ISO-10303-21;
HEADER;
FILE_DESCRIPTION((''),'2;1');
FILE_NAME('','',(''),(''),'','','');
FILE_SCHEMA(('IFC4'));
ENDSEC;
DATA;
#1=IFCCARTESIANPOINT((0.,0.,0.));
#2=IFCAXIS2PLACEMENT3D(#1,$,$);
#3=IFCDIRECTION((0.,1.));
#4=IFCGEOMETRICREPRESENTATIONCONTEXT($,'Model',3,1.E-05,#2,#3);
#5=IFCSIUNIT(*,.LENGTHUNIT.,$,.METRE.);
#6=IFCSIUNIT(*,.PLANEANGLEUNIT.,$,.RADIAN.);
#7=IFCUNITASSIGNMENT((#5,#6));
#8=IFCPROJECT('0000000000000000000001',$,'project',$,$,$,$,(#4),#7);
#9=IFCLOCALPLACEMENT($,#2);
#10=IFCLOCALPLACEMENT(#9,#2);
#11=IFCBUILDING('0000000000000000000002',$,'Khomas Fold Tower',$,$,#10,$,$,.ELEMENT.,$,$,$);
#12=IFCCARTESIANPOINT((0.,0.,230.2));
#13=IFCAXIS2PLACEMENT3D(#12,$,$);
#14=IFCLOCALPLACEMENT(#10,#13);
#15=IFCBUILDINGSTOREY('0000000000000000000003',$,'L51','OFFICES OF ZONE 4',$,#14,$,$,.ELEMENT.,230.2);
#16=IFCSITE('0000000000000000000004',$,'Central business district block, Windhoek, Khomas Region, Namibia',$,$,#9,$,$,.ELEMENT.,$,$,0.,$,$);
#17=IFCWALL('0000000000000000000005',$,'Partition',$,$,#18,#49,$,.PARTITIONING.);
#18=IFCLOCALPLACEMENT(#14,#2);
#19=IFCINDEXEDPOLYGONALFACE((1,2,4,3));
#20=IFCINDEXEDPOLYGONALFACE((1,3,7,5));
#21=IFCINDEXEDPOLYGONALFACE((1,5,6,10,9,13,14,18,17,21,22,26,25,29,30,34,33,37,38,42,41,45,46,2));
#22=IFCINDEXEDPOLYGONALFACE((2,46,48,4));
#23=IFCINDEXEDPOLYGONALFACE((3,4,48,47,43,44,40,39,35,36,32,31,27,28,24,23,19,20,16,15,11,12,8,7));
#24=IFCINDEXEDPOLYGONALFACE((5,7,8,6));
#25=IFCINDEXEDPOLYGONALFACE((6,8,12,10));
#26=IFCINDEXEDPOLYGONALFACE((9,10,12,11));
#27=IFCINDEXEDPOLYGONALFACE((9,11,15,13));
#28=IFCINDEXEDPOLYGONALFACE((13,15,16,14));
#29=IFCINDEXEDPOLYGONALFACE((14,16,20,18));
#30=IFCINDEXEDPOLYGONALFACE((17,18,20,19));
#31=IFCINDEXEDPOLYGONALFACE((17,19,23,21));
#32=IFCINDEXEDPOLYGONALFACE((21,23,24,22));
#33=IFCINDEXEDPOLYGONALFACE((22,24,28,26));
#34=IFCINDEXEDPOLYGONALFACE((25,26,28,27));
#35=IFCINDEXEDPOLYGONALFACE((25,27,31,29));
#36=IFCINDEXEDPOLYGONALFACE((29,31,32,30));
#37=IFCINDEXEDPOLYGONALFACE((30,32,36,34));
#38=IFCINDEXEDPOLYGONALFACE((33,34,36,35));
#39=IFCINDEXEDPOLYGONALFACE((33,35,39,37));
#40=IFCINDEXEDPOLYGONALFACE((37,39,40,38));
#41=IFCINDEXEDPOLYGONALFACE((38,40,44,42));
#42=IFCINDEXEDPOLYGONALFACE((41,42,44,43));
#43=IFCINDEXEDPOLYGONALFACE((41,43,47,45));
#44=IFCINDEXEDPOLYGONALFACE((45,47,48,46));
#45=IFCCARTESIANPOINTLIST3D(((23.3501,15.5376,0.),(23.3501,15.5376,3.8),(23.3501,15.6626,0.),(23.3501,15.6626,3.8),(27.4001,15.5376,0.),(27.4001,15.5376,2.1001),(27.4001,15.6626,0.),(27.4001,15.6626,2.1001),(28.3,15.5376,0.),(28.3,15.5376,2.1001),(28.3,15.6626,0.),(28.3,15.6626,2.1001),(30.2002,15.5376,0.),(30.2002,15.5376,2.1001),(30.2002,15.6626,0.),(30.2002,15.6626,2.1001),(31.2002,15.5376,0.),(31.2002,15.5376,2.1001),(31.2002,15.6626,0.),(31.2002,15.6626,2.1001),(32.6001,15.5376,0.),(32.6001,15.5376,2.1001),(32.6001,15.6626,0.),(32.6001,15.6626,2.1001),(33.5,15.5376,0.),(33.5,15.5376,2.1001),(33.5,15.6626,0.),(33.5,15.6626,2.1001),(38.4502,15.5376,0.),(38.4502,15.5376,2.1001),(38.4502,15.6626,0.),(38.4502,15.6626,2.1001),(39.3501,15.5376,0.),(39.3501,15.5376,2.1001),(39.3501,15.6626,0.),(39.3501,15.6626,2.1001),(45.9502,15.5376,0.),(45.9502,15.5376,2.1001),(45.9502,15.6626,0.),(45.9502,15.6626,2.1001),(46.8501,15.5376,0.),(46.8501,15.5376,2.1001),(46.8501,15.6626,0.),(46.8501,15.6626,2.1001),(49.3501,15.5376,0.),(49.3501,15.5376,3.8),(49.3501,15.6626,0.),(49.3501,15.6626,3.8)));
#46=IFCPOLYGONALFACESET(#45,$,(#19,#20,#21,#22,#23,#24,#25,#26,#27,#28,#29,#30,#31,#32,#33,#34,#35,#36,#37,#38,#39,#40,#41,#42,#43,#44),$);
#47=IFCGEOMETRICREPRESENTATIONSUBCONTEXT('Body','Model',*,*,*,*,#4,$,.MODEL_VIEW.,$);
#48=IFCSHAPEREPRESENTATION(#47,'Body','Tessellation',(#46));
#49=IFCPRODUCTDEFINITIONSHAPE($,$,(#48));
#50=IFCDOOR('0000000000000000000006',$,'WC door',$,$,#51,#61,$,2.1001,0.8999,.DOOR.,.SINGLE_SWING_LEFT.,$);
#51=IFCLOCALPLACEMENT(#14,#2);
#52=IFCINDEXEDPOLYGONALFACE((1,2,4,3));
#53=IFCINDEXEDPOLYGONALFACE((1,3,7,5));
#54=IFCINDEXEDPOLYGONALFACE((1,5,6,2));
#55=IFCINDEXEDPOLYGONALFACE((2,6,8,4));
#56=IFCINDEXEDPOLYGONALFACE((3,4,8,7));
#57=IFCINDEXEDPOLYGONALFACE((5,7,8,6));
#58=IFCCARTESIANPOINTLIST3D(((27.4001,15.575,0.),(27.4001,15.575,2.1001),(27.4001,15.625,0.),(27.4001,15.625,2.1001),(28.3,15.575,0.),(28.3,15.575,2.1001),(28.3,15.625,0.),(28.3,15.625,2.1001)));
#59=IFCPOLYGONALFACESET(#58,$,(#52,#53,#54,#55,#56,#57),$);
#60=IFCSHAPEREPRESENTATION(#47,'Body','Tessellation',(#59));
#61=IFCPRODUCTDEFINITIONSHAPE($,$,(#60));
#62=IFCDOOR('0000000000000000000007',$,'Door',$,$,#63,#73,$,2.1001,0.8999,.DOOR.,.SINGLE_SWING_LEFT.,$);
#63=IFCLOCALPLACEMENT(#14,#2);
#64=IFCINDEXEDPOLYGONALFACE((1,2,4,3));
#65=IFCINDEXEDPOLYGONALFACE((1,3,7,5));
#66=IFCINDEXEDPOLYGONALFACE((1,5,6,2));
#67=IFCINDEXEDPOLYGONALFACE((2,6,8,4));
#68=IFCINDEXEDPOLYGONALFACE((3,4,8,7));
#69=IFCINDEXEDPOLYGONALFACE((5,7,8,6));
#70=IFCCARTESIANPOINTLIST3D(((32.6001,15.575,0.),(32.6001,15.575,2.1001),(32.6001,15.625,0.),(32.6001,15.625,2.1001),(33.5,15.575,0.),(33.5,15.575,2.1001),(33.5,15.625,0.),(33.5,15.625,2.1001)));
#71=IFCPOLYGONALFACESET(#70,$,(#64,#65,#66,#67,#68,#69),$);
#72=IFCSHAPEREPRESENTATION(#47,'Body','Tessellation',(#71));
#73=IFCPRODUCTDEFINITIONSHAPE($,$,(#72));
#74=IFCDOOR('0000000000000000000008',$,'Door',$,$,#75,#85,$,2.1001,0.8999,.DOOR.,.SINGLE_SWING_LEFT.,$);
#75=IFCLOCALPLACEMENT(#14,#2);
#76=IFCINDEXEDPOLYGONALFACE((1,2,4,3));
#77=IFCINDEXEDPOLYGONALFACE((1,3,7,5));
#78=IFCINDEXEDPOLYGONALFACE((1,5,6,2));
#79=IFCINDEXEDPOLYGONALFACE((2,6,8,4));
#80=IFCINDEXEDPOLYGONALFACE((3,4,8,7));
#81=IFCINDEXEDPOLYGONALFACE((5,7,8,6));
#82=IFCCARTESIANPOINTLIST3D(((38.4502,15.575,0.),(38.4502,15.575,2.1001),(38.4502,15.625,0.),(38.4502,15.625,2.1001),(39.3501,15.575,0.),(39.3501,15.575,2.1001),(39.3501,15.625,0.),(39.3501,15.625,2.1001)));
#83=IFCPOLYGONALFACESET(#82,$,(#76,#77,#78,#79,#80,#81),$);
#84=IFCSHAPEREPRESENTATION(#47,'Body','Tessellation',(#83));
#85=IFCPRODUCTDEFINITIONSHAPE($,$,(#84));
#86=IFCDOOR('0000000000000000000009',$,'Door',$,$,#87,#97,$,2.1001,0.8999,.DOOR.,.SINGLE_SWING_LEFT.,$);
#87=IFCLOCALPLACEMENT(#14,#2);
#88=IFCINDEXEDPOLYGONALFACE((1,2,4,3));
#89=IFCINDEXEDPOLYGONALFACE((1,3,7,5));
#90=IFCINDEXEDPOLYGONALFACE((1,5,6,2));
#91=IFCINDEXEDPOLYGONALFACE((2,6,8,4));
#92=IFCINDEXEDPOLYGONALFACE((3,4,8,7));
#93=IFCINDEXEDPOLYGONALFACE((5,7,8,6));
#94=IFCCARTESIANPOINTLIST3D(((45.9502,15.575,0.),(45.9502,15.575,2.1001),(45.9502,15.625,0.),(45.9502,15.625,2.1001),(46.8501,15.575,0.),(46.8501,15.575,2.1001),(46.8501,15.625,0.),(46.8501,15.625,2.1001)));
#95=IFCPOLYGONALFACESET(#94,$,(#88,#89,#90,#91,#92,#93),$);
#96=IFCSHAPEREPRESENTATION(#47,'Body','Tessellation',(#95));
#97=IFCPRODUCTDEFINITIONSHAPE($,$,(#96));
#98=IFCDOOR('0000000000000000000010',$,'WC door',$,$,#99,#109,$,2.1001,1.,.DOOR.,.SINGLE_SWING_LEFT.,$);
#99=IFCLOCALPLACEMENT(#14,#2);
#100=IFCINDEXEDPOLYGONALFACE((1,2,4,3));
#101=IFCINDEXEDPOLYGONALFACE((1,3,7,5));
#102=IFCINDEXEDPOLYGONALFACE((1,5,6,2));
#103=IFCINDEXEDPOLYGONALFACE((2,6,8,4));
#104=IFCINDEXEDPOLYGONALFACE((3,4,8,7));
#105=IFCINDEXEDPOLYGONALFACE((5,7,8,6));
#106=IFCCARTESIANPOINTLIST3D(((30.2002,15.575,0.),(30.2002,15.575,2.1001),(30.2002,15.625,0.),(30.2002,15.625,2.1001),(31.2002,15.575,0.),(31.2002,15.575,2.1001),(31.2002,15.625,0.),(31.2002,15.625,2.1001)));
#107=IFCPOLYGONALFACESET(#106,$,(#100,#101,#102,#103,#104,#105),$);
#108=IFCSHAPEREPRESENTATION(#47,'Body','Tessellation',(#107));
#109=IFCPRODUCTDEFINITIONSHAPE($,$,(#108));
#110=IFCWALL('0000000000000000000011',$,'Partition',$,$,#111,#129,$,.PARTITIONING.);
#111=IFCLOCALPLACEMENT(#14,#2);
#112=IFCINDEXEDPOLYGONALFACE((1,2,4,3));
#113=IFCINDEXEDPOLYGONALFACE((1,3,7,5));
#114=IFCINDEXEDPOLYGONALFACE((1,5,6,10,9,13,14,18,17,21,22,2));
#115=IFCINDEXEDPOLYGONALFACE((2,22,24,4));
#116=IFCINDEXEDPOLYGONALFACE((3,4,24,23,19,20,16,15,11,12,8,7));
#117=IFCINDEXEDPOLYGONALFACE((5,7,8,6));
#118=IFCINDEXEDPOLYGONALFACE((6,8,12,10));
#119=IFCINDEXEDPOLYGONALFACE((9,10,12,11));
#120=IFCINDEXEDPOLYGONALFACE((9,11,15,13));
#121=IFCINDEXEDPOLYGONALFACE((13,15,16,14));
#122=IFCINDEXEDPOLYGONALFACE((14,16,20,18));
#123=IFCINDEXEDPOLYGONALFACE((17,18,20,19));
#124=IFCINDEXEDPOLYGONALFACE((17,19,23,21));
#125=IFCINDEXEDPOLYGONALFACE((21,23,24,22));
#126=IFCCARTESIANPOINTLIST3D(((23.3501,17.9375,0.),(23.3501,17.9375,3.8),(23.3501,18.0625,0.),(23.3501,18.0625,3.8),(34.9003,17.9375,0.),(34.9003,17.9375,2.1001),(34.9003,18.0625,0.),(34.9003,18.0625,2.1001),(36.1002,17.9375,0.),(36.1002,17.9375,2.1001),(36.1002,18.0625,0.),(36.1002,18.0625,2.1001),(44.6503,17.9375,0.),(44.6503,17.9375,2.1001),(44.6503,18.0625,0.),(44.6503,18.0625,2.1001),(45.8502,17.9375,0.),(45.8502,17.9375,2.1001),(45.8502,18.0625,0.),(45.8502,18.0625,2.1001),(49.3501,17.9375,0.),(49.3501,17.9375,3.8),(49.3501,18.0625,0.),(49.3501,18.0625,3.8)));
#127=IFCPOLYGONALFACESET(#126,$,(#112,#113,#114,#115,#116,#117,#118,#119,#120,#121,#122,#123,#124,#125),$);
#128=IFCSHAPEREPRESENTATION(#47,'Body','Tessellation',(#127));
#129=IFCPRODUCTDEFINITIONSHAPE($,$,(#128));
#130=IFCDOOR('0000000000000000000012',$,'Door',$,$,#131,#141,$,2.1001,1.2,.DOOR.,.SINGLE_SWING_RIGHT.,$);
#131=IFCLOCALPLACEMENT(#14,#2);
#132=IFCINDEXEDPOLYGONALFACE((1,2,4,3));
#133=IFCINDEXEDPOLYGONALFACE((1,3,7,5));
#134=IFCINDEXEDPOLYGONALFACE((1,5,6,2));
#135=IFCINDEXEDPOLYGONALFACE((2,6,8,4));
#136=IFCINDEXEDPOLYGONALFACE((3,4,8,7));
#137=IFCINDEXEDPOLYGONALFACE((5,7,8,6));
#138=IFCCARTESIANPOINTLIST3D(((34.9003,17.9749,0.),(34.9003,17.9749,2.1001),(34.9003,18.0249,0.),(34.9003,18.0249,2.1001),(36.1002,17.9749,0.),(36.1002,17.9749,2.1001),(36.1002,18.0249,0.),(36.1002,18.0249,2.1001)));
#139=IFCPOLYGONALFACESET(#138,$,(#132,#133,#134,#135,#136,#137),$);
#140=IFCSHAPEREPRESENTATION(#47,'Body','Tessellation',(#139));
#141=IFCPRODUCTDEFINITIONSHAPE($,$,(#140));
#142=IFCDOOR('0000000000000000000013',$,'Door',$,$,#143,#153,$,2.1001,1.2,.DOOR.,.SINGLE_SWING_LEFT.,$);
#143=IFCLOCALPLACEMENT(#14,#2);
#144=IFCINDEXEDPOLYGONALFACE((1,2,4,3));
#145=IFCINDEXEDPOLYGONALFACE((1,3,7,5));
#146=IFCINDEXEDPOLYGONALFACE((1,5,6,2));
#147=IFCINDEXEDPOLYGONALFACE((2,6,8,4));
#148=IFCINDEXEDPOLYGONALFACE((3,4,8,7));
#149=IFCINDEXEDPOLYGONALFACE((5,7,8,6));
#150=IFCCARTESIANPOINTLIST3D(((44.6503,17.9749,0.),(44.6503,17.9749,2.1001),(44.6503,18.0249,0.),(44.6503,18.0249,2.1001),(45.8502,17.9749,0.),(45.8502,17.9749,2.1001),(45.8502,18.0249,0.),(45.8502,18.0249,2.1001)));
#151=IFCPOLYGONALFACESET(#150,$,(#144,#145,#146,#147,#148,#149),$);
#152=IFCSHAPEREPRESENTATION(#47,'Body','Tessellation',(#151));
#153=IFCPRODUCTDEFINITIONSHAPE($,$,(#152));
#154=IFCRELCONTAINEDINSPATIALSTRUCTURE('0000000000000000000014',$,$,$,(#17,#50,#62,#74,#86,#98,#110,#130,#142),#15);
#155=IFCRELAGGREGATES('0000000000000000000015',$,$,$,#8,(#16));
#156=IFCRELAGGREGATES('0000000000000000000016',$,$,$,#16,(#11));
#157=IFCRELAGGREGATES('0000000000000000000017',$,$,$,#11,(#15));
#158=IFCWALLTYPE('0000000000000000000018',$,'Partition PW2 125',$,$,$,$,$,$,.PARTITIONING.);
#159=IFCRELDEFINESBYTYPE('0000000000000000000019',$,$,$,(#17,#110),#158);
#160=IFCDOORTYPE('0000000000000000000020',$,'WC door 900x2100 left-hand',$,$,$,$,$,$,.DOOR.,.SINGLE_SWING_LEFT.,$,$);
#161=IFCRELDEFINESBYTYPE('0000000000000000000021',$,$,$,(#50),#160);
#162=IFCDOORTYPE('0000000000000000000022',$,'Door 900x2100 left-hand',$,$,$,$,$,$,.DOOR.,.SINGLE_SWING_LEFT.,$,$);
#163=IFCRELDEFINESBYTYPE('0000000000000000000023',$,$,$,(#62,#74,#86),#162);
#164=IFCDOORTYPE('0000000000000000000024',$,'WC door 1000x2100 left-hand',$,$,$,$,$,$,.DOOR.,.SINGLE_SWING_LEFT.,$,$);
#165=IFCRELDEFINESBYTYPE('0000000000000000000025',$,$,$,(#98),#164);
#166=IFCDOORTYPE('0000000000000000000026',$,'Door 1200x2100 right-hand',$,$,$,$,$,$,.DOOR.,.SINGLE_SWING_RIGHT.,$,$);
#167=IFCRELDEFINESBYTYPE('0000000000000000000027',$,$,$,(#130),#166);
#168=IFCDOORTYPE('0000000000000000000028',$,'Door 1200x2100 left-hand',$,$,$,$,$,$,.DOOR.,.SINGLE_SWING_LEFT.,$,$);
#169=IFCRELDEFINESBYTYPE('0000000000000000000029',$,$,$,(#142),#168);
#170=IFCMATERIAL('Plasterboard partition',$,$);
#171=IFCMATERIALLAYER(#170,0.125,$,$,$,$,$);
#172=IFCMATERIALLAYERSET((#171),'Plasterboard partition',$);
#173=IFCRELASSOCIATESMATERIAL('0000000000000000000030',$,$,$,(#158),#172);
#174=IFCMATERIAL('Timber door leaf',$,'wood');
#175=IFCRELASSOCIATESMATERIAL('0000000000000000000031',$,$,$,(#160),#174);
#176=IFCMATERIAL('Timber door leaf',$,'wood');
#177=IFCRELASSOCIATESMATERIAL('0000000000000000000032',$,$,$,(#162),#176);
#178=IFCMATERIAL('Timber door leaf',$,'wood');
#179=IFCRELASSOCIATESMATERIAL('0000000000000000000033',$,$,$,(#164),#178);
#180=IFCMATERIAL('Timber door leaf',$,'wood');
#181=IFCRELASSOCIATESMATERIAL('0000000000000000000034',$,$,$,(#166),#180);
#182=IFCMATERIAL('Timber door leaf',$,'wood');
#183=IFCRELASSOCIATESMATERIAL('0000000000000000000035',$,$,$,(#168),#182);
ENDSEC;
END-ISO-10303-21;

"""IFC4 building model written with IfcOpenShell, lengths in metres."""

from ifc_helpers import new_model, si_unit, direction, frame, frame_2d, origin, place, context, subcontext, project, spatial, rectangle, extrude, source, transform, mapped, material, layer, layer_set, type_object, element, fill, save


model = new_model("IFC4")

# Units and contexts
model_context = context("Model", 3, precision=1e-05, world=origin(), true_north=direction((0.0, 1.0)))
body_context = subcontext(model_context, "Body", "Model", "MODEL_VIEW")
ifc_project = project(units=[si_unit("LENGTHUNIT", "METRE"), si_unit("PLANEANGLEUNIT", "RADIAN")], contexts=[model_context])

# Site, building, storey
site_placement = place(None, origin())
site = spatial("IfcSite", under=ifc_project, at=site_placement, Name="Central business district block, Windhoek, Khomas Region, Namibia", CompositionType="ELEMENT", RefElevation=0.0)
building_placement = place(site_placement, origin())
building = spatial("IfcBuilding", under=site, at=building_placement, Name="Khomas Fold Tower", CompositionType="ELEMENT")
storey_placement = place(building_placement, frame((0.0, 0.0, 230.2)))
storey = spatial("IfcBuildingStorey", under=building, at=storey_placement, Name="L51", Description="OFFICES OF ZONE 4", CompositionType="ELEMENT", Elevation=230.2)

# Walls, openings, doors
ifc_material_1 = material(Name="Plasterboard partition")
ifc_layer_1 = layer(ifc_material_1, 0.125)
ifc_layer_set_1 = layer_set([ifc_layer_1], Name="Plasterboard partition")
wall_type_1 = type_object("IfcWallType", Name="Partition PW2 125", PredefinedType="PARTITIONING", material=ifc_layer_set_1)
shared_shape_1 = source(origin(), body_context, "Body", "SweptSolid", [
    extrude(rectangle(XDim=26.0, YDim=0.125, at=frame_2d((13.0, 0.0))), origin(), (0.0, 0.0, 1.0), 3.8),
])
wall_1_placement = place(storey_placement, frame((23.3501, 15.6001, 0.0), z_axis=(0.0, 0.0, 1.0), x_axis=(1.0, 0.0, 0.0)))
wall_1 = element("IfcWall", 1, at=wall_1_placement, inside=storey, type_object=wall_type_1, Name="Partition", PredefinedType="PARTITIONING", context=body_context, shape_type="MappedRepresentation", body=[
    mapped(shared_shape_1, transform((0.0, 0.0, 0.0))),
])
shared_shape_2 = source(origin(), body_context, "Body", "SweptSolid", [
    extrude(rectangle(XDim=0.8999, YDim=2.1001, at=frame_2d((0.45, 1.05))), frame((0.0, 0.0725, 0.0), z_axis=(0.0, -1.0, 0.0), x_axis=(1.0, 0.0, 0.0)), (0.0, 0.0, 1.0), 0.145),
])
opening_1_placement = place(wall_1_placement, frame((4.05, 0.0, 0.0)))
opening_1 = element("IfcOpeningElement", 2, at=opening_1_placement, cuts=wall_1, PredefinedType="OPENING", context=body_context, shape_type="MappedRepresentation", body=[
    mapped(shared_shape_2, transform((0.0, 0.0, 0.0))),
])
shared_shape_3 = source(origin(), body_context, "Body", "SweptSolid", [
    extrude(rectangle(XDim=1.0, YDim=2.1001, at=frame_2d((0.5, 1.05))), frame((0.0, 0.0725, 0.0), z_axis=(0.0, -1.0, 0.0), x_axis=(1.0, 0.0, 0.0)), (0.0, 0.0, 1.0), 0.145),
])
opening_2_placement = place(wall_1_placement, frame((6.8501, 0.0, 0.0)))
opening_2 = element("IfcOpeningElement", 3, at=opening_2_placement, cuts=wall_1, PredefinedType="OPENING", context=body_context, shape_type="MappedRepresentation", body=[
    mapped(shared_shape_3, transform((0.0, 0.0, 0.0))),
])
opening_3_placement = place(wall_1_placement, frame((9.25, 0.0, 0.0)))
opening_3 = element("IfcOpeningElement", 4, at=opening_3_placement, cuts=wall_1, PredefinedType="OPENING", context=body_context, shape_type="MappedRepresentation", body=[
    mapped(shared_shape_2, transform((0.0, 0.0, 0.0))),
])
opening_4_placement = place(wall_1_placement, frame((15.1001, 0.0, 0.0)))
opening_4 = element("IfcOpeningElement", 5, at=opening_4_placement, cuts=wall_1, PredefinedType="OPENING", context=body_context, shape_type="MappedRepresentation", body=[
    mapped(shared_shape_2, transform((0.0, 0.0, 0.0))),
])
opening_5_placement = place(wall_1_placement, frame((22.6001, 0.0, 0.0)))
opening_5 = element("IfcOpeningElement", 6, at=opening_5_placement, cuts=wall_1, PredefinedType="OPENING", context=body_context, shape_type="MappedRepresentation", body=[
    mapped(shared_shape_2, transform((0.0, 0.0, 0.0))),
])
ifc_material_2 = material(Name="Timber door leaf", Category="wood")
door_type_1 = type_object("IfcDoorType", Name="WC door 900x2100 left-hand", OperationType="SINGLE_SWING_LEFT", PredefinedType="DOOR", material=ifc_material_2)
shared_shape_4 = source(origin(), body_context, "Body", "SweptSolid", [
    extrude(rectangle(XDim=0.8999, YDim=2.1001, at=frame_2d((0.45, 1.05))), frame((0.0, 0.0249, 0.0), z_axis=(0.0, -1.0, 0.0), x_axis=(1.0, 0.0, 0.0)), (0.0, 0.0, 1.0), 0.05),
])
door_1_placement = place(opening_1_placement, origin())
door_1 = element("IfcDoor", 7, at=door_1_placement, inside=storey, type_object=door_type_1, Name="WC door", OperationType="SINGLE_SWING_LEFT", OverallHeight=2.1001, OverallWidth=0.8999, PredefinedType="DOOR", context=body_context, shape_type="MappedRepresentation", body=[
    mapped(shared_shape_4, transform((0.0, 0.0, 0.0))),
])
fill(opening_1, door_1)
ifc_material_3 = material(Name="Timber door leaf", Category="wood")
door_type_2 = type_object("IfcDoorType", Name="Door 900x2100 left-hand", OperationType="SINGLE_SWING_LEFT", PredefinedType="DOOR", material=ifc_material_3)
door_2_placement = place(opening_3_placement, origin())
door_2 = element("IfcDoor", 8, at=door_2_placement, inside=storey, type_object=door_type_2, Name="Door", OperationType="SINGLE_SWING_LEFT", OverallHeight=2.1001, OverallWidth=0.8999, PredefinedType="DOOR", context=body_context, shape_type="MappedRepresentation", body=[
    mapped(shared_shape_4, transform((0.0, 0.0, 0.0))),
])
fill(opening_3, door_2)
door_3_placement = place(opening_4_placement, origin())
door_3 = element("IfcDoor", 9, at=door_3_placement, inside=storey, type_object=door_type_2, Name="Door", OperationType="SINGLE_SWING_LEFT", OverallHeight=2.1001, OverallWidth=0.8999, PredefinedType="DOOR", context=body_context, shape_type="MappedRepresentation", body=[
    mapped(shared_shape_4, transform((0.0, 0.0, 0.0))),
])
fill(opening_4, door_3)
door_4_placement = place(opening_5_placement, origin())
door_4 = element("IfcDoor", 10, at=door_4_placement, inside=storey, type_object=door_type_2, Name="Door", OperationType="SINGLE_SWING_LEFT", OverallHeight=2.1001, OverallWidth=0.8999, PredefinedType="DOOR", context=body_context, shape_type="MappedRepresentation", body=[
    mapped(shared_shape_4, transform((0.0, 0.0, 0.0))),
])
fill(opening_5, door_4)
ifc_material_4 = material(Name="Timber door leaf", Category="wood")
door_type_3 = type_object("IfcDoorType", Name="WC door 1000x2100 left-hand", OperationType="SINGLE_SWING_LEFT", PredefinedType="DOOR", material=ifc_material_4)
shared_shape_5 = source(origin(), body_context, "Body", "SweptSolid", [
    extrude(rectangle(XDim=1.0, YDim=2.1001, at=frame_2d((0.5, 1.05))), frame((0.0, 0.0249, 0.0), z_axis=(0.0, -1.0, 0.0), x_axis=(1.0, 0.0, 0.0)), (0.0, 0.0, 1.0), 0.05),
])
door_5_placement = place(opening_2_placement, origin())
door_5 = element("IfcDoor", 11, at=door_5_placement, inside=storey, type_object=door_type_3, Name="WC door", OperationType="SINGLE_SWING_LEFT", OverallHeight=2.1001, OverallWidth=1.0, PredefinedType="DOOR", context=body_context, shape_type="MappedRepresentation", body=[
    mapped(shared_shape_5, transform((0.0, 0.0, 0.0))),
])
fill(opening_2, door_5)
wall_2_placement = place(storey_placement, frame((23.3501, 18.0, 0.0), z_axis=(0.0, 0.0, 1.0), x_axis=(1.0, 0.0, 0.0)))
wall_2 = element("IfcWall", 12, at=wall_2_placement, inside=storey, type_object=wall_type_1, Name="Partition", PredefinedType="PARTITIONING", context=body_context, shape_type="MappedRepresentation", body=[
    mapped(shared_shape_1, transform((0.0, 0.0, 0.0))),
])
shared_shape_6 = source(origin(), body_context, "Body", "SweptSolid", [
    extrude(rectangle(XDim=1.2, YDim=2.1001, at=frame_2d((0.6001, 1.05))), frame((0.0, 0.0725, 0.0), z_axis=(0.0, -1.0, 0.0), x_axis=(1.0, 0.0, 0.0)), (0.0, 0.0, 1.0), 0.145),
])
opening_6_placement = place(wall_2_placement, frame((11.55, 0.0, 0.0)))
opening_6 = element("IfcOpeningElement", 13, at=opening_6_placement, cuts=wall_2, PredefinedType="OPENING", context=body_context, shape_type="MappedRepresentation", body=[
    mapped(shared_shape_6, transform((0.0, 0.0, 0.0))),
])
opening_7_placement = place(wall_2_placement, frame((21.3, 0.0, 0.0)))
opening_7 = element("IfcOpeningElement", 14, at=opening_7_placement, cuts=wall_2, PredefinedType="OPENING", context=body_context, shape_type="MappedRepresentation", body=[
    mapped(shared_shape_6, transform((0.0, 0.0, 0.0))),
])
ifc_material_5 = material(Name="Timber door leaf", Category="wood")
door_type_4 = type_object("IfcDoorType", Name="Door 1200x2100 right-hand", OperationType="SINGLE_SWING_RIGHT", PredefinedType="DOOR", material=ifc_material_5)
shared_shape_7 = source(origin(), body_context, "Body", "SweptSolid", [
    extrude(rectangle(XDim=1.2, YDim=2.1001, at=frame_2d((0.6001, 1.05))), frame((0.0, 0.0249, 0.0), z_axis=(0.0, -1.0, 0.0), x_axis=(1.0, 0.0, 0.0)), (0.0, 0.0, 1.0), 0.05),
])
door_6_placement = place(opening_6_placement, origin())
door_6 = element("IfcDoor", 15, at=door_6_placement, inside=storey, type_object=door_type_4, Name="Door", OperationType="SINGLE_SWING_RIGHT", OverallHeight=2.1001, OverallWidth=1.2, PredefinedType="DOOR", context=body_context, shape_type="MappedRepresentation", body=[
    mapped(shared_shape_7, transform((0.0, 0.0, 0.0))),
])
fill(opening_6, door_6)
ifc_material_6 = material(Name="Timber door leaf", Category="wood")
door_type_5 = type_object("IfcDoorType", Name="Door 1200x2100 left-hand", OperationType="SINGLE_SWING_LEFT", PredefinedType="DOOR", material=ifc_material_6)
door_7_placement = place(opening_7_placement, origin())
door_7 = element("IfcDoor", 16, at=door_7_placement, inside=storey, type_object=door_type_5, Name="Door", OperationType="SINGLE_SWING_LEFT", OverallHeight=2.1001, OverallWidth=1.2, PredefinedType="DOOR", context=body_context, shape_type="MappedRepresentation", body=[
    mapped(shared_shape_7, transform((0.0, 0.0, 0.0))),
])
fill(opening_7, door_7)

save(model, "model.ifc")
